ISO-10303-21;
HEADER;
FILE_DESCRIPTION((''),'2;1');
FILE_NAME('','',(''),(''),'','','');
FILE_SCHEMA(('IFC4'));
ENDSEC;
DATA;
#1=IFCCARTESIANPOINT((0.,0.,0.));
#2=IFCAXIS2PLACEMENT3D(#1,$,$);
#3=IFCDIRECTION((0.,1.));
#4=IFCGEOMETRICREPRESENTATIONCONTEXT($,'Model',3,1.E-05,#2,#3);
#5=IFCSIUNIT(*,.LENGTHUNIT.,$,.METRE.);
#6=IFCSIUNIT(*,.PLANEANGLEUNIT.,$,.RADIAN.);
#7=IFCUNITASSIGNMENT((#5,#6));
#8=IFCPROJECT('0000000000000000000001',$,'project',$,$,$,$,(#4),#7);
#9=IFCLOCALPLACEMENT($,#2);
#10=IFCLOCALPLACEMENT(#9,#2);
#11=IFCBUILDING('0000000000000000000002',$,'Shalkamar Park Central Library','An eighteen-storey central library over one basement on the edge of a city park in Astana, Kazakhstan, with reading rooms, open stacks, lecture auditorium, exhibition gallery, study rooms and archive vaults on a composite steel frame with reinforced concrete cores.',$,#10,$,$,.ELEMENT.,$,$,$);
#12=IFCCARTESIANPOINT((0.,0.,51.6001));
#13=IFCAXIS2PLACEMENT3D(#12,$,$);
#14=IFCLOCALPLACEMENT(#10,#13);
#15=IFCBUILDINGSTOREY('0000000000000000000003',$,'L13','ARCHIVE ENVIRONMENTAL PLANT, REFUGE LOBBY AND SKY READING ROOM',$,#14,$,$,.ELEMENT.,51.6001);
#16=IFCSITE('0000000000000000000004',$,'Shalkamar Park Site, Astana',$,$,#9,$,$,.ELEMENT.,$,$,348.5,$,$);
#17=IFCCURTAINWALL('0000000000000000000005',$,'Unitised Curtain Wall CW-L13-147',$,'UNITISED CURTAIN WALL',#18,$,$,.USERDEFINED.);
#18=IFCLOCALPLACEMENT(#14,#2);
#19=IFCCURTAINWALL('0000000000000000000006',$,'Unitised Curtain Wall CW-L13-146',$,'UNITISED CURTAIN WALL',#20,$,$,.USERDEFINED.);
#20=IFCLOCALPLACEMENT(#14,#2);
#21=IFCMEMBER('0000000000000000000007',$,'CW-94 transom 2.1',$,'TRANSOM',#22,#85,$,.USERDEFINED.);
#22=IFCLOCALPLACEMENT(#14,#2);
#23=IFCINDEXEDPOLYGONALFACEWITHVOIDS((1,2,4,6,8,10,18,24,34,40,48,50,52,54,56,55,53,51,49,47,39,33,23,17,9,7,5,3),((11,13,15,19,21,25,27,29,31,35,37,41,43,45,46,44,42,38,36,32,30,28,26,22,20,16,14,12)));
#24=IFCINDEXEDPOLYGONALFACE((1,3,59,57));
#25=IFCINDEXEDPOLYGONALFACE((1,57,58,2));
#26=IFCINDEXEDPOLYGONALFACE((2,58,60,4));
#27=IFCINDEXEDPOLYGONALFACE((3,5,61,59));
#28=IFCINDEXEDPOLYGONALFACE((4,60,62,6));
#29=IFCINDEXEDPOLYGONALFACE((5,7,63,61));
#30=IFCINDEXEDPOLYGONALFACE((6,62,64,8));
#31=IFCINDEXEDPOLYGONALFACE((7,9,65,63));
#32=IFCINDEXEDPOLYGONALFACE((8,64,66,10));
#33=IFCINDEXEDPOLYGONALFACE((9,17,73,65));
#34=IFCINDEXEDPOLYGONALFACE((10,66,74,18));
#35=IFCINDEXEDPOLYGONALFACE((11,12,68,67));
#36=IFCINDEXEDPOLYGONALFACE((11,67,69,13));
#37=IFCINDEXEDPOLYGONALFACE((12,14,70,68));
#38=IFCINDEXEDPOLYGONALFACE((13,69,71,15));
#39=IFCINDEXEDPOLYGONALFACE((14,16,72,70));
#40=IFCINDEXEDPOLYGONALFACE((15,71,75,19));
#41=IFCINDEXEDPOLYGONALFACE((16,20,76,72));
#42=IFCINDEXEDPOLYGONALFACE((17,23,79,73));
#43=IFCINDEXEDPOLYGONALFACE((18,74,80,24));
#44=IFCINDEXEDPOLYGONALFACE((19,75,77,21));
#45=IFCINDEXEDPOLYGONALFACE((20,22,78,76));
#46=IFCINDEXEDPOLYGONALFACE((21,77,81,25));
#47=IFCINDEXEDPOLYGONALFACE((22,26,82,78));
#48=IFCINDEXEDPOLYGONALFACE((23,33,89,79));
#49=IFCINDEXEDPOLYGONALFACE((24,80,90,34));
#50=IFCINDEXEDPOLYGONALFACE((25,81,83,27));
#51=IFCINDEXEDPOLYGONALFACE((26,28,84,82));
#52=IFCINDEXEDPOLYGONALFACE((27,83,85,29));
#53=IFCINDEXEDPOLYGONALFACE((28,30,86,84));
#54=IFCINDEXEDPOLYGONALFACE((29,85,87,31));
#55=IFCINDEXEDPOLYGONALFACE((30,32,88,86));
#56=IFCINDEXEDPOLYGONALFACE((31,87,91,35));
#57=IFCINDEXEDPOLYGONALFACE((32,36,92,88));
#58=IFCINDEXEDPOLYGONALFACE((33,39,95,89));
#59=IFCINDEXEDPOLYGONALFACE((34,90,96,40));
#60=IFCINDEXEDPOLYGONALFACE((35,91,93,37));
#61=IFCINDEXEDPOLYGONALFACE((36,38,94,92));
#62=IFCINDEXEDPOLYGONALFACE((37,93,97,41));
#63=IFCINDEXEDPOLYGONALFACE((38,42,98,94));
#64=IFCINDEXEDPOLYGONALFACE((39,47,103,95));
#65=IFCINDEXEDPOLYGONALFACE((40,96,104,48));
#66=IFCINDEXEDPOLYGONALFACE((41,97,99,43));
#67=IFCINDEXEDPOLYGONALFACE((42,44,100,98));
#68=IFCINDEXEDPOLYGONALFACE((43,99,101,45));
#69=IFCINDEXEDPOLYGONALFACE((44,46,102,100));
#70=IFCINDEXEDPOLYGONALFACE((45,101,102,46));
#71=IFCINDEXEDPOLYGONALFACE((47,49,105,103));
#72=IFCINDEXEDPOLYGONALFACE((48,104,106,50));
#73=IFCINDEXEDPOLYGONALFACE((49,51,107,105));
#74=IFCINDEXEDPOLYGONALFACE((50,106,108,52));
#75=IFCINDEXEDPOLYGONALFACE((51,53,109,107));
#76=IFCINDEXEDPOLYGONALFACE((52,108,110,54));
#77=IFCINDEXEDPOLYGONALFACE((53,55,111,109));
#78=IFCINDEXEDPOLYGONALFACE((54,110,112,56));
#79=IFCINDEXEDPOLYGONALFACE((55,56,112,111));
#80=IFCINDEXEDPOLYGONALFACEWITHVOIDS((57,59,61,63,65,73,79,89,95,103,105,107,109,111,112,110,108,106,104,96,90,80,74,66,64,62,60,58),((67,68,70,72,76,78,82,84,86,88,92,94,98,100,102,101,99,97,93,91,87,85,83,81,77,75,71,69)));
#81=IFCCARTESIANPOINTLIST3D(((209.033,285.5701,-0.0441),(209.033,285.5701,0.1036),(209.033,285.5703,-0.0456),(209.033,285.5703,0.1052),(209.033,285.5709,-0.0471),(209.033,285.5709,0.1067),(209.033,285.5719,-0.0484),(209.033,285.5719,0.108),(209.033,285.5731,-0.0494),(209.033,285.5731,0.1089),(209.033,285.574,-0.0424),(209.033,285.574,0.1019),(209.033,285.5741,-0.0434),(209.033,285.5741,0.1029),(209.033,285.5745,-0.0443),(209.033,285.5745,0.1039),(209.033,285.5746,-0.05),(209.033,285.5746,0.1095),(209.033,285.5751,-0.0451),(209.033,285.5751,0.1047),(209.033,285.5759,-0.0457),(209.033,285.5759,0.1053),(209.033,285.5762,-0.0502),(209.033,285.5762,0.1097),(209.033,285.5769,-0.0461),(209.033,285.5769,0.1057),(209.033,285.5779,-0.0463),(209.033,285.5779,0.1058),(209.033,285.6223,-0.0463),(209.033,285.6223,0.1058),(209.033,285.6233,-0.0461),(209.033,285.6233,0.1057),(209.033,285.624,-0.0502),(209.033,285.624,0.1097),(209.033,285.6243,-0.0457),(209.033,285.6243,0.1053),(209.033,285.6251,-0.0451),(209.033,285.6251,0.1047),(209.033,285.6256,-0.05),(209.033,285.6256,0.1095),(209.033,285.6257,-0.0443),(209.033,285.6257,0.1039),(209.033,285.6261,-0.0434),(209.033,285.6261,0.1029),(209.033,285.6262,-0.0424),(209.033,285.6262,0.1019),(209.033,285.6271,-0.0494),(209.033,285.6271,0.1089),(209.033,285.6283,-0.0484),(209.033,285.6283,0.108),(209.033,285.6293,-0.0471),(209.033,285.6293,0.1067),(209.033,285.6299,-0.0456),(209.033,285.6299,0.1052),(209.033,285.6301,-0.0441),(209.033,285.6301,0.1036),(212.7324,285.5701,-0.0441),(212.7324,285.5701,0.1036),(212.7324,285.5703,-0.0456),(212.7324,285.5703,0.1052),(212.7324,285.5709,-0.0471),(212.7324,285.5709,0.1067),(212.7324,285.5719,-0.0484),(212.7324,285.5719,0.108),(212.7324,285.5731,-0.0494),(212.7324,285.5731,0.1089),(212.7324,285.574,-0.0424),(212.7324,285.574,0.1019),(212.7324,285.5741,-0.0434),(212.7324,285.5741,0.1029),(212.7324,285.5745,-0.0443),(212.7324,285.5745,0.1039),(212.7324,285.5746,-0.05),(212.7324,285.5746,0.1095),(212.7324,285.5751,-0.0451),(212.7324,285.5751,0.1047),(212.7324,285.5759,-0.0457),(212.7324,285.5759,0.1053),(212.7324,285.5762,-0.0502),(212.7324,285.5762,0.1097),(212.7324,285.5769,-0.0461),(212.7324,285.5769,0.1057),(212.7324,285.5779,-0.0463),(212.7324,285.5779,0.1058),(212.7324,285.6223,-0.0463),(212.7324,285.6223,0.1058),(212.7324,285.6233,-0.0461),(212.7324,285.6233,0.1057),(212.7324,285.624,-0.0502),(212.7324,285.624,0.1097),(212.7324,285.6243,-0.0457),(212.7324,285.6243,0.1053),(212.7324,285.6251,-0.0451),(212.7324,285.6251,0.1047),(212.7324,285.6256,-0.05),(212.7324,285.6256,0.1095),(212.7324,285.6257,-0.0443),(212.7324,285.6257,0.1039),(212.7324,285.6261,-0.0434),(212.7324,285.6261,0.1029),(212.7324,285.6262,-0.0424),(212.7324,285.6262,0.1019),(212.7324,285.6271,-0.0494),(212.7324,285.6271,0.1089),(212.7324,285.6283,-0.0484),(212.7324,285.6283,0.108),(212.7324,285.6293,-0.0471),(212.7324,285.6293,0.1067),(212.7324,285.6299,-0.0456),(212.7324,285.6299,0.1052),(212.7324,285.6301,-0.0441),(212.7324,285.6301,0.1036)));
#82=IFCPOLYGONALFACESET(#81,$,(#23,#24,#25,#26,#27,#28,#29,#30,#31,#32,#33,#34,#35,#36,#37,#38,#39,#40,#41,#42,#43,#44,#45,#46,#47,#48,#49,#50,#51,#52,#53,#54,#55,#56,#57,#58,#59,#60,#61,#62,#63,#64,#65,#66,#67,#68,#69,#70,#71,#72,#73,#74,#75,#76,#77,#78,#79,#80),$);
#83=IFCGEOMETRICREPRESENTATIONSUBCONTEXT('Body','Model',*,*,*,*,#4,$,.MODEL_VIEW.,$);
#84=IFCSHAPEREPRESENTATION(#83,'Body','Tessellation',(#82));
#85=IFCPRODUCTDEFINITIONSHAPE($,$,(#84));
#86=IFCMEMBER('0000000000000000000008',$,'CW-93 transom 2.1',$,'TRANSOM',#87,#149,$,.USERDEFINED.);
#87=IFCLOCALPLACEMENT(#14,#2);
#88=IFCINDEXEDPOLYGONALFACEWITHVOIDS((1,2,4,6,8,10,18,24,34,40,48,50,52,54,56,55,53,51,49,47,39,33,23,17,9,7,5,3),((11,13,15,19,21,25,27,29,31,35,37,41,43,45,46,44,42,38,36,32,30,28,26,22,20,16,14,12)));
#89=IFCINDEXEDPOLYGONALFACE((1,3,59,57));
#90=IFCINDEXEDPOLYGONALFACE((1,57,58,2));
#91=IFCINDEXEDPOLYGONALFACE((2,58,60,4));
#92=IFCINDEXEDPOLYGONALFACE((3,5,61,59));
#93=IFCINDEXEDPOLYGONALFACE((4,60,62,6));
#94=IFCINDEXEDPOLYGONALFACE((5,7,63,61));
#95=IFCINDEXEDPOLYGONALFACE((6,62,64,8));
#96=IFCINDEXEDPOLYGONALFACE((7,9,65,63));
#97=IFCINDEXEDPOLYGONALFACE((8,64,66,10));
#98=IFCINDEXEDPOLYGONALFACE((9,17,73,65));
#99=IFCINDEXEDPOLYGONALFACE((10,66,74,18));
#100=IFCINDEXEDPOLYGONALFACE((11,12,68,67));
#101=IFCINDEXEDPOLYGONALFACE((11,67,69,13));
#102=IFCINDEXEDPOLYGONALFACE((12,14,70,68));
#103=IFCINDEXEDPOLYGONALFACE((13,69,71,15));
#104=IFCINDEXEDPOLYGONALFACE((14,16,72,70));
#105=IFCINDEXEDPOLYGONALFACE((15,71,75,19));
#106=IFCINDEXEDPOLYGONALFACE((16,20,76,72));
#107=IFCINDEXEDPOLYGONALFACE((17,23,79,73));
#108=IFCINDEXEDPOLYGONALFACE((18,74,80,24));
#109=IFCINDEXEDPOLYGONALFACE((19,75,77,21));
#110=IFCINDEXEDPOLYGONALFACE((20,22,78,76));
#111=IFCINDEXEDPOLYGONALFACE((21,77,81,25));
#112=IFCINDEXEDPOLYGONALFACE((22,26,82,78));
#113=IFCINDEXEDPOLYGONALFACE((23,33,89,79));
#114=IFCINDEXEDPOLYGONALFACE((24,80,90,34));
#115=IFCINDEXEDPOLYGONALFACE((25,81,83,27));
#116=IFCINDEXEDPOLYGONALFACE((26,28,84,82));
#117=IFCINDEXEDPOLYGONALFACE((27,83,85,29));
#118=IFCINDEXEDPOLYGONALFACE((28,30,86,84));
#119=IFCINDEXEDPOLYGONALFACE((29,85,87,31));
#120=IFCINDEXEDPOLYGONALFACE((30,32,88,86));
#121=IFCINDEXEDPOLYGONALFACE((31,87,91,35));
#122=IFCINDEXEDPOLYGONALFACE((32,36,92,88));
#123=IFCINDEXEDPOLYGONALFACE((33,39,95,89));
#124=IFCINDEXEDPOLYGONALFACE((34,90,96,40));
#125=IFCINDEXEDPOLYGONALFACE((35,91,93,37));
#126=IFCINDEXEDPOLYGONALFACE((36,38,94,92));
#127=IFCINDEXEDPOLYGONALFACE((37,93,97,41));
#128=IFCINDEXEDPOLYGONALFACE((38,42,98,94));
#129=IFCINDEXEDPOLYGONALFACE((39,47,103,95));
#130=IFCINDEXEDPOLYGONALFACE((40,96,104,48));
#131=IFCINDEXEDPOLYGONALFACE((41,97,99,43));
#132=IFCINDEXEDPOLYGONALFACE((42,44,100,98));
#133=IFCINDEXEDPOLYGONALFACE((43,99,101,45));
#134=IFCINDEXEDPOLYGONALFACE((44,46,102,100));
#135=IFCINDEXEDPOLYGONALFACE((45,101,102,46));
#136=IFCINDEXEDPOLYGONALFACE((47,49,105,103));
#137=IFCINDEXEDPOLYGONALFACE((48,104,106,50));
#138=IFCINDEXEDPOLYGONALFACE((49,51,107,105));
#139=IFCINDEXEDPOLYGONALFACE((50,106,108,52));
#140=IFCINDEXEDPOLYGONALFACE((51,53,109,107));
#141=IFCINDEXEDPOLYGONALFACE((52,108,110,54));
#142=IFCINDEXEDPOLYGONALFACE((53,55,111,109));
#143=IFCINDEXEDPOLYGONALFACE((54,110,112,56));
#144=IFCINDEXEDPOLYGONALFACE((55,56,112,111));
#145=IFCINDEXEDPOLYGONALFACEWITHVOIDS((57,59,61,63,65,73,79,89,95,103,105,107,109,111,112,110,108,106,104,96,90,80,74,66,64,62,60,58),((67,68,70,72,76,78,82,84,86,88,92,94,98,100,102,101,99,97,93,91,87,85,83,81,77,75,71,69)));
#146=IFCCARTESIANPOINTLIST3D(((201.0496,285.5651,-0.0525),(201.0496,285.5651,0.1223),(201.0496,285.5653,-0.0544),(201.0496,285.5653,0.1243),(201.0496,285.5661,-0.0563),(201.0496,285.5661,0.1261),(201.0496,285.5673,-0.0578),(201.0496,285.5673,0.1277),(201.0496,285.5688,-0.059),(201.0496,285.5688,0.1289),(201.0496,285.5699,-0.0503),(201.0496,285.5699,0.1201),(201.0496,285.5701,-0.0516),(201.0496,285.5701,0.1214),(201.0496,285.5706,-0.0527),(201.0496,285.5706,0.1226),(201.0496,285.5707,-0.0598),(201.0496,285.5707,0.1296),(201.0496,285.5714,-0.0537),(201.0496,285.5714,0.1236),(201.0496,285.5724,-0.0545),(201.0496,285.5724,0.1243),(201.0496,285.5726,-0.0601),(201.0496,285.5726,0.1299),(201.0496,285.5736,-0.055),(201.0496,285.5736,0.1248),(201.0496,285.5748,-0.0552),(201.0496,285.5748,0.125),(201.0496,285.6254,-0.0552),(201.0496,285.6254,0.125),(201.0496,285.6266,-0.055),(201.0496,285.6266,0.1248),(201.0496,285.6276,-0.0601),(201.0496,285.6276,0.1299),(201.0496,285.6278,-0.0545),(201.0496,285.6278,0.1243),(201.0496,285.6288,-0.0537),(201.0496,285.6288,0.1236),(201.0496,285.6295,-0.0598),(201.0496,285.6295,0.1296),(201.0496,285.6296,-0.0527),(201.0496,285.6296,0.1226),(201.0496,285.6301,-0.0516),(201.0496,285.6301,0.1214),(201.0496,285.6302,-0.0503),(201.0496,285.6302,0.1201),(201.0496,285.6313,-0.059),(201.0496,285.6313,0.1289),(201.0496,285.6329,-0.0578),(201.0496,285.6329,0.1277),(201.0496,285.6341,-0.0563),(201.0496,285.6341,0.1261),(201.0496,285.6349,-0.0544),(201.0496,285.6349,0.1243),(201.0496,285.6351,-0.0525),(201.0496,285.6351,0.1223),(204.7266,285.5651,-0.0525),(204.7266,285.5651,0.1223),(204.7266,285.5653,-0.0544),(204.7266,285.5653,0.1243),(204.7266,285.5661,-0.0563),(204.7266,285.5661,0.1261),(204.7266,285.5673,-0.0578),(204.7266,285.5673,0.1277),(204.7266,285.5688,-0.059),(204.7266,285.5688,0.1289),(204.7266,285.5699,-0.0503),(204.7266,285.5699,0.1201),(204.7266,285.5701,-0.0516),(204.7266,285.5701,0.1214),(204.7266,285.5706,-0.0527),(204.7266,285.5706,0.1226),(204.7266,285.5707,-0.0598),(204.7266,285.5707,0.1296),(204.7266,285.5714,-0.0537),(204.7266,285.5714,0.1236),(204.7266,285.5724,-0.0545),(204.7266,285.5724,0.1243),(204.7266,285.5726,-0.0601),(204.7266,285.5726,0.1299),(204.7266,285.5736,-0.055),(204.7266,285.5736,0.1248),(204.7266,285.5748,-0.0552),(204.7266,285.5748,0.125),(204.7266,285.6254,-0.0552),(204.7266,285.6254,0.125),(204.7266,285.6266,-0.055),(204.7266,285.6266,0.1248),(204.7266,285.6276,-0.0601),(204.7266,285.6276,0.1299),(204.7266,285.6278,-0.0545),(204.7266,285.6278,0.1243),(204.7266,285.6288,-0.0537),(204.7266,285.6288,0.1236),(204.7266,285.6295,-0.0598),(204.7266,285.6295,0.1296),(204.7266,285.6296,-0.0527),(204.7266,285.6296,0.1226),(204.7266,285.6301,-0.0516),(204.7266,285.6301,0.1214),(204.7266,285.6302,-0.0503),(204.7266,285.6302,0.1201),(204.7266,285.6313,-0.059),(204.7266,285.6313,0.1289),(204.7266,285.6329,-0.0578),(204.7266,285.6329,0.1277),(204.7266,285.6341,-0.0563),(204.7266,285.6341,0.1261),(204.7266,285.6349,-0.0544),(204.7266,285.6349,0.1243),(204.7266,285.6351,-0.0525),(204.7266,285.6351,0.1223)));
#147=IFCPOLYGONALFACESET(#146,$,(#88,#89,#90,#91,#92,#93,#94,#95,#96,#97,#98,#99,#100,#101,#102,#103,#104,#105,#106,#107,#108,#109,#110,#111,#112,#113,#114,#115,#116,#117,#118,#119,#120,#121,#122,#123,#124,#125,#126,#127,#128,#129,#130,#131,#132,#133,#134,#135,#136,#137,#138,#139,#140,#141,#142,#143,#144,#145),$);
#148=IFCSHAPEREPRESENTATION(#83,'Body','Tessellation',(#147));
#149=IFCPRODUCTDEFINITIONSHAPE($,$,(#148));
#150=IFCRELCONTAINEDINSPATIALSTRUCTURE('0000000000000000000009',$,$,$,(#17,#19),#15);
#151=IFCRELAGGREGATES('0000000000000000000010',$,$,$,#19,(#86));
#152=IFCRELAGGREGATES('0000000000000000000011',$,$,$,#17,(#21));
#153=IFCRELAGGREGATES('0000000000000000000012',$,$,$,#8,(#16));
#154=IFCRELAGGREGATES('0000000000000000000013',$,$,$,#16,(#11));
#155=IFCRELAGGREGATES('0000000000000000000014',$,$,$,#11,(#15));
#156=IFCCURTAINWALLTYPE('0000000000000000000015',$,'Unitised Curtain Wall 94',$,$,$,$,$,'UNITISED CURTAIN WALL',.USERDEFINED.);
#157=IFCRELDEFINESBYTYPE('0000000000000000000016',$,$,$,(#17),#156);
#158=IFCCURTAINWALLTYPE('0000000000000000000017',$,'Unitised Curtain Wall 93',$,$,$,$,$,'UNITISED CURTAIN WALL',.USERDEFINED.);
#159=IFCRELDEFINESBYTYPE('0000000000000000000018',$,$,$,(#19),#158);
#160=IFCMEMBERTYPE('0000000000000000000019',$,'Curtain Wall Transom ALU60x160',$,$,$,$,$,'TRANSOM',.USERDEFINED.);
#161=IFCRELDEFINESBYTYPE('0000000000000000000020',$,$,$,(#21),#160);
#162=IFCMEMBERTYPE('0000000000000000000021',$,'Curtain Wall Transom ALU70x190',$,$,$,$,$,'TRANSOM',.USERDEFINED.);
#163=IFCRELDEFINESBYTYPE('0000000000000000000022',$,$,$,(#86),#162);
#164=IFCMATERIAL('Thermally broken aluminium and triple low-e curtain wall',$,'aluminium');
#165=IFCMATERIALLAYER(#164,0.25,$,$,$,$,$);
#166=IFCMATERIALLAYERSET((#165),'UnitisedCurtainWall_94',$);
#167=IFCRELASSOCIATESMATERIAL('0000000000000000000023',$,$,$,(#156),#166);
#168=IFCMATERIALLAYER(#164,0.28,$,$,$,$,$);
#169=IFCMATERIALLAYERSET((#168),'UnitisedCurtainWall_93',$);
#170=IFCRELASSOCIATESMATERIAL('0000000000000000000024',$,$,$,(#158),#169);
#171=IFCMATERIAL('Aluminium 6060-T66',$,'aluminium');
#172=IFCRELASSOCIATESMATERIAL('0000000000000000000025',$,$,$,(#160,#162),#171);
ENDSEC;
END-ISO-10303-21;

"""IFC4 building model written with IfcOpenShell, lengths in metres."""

from ifc_helpers import new_model, si_unit, direction, frame, origin, origin_2d, place, context, subcontext, project, spatial, hollow_rectangle, extrude, material, layer, layer_set, material_profile, profile_set, type_object, element, aggregate, save


model = new_model("IFC4")

# Units and contexts
model_context = context("Model", 3, precision=1e-05, world=origin(), true_north=direction((0.0, 1.0)))
body_context = subcontext(model_context, "Body", "Model", "MODEL_VIEW")
ifc_project = project(units=[si_unit("LENGTHUNIT", "METRE"), si_unit("PLANEANGLEUNIT", "RADIAN")], contexts=[model_context])

# Site, building, storey
site_placement = place(None, origin())
site = spatial("IfcSite", under=ifc_project, at=site_placement, Name="Shalkamar Park Site, Astana", CompositionType="ELEMENT", RefElevation=348.5)
building_placement = place(site_placement, origin())
building = spatial("IfcBuilding", under=site, at=building_placement, Name="Shalkamar Park Central Library", Description="An eighteen-storey central library over one basement on the edge of a city park in Astana, Kazakhstan, with reading rooms, open stacks, lecture auditorium, exhibition gallery, study rooms and archive vaults on a composite steel frame with reinforced concrete cores.", CompositionType="ELEMENT")
storey_placement = place(building_placement, frame((0.0, 0.0, 51.6001)))
storey = spatial("IfcBuildingStorey", under=building, at=storey_placement, Name="L13", Description="ARCHIVE ENVIRONMENTAL PLANT, REFUGE LOBBY AND SKY READING ROOM", CompositionType="ELEMENT", Elevation=51.6001)

# Curtain walls
ifc_material_1 = material(Name="Thermally broken aluminium and triple low-e curtain wall", Category="aluminium")
ifc_layer_1 = layer(ifc_material_1, 0.25)
ifc_layer_set_1 = layer_set([ifc_layer_1], Name="UnitisedCurtainWall_94")
curtain_wall_type_1 = type_object("IfcCurtainWallType", Name="Unitised Curtain Wall 94", ElementType="UNITISED CURTAIN WALL", PredefinedType="USERDEFINED", material=ifc_layer_set_1)
curtain_wall_1_placement = place(storey_placement, origin())
curtain_wall_1 = element("IfcCurtainWall", 1, at=curtain_wall_1_placement, inside=storey, type_object=curtain_wall_type_1, Name="Unitised Curtain Wall CW-L13-147", ObjectType="UNITISED CURTAIN WALL", PredefinedType="USERDEFINED")
ifc_material_2 = material(Name="Aluminium 6060-T66", Category="aluminium")
ifc_layer_2 = layer(ifc_material_1, 0.28)
ifc_layer_set_2 = layer_set([ifc_layer_2], Name="UnitisedCurtainWall_93")
curtain_wall_type_2 = type_object("IfcCurtainWallType", Name="Unitised Curtain Wall 93", ElementType="UNITISED CURTAIN WALL", PredefinedType="USERDEFINED", material=ifc_layer_set_2)
curtain_wall_2_placement = place(storey_placement, origin())
curtain_wall_2 = element("IfcCurtainWall", 2, at=curtain_wall_2_placement, inside=storey, type_object=curtain_wall_type_2, Name="Unitised Curtain Wall CW-L13-146", ObjectType="UNITISED CURTAIN WALL", PredefinedType="USERDEFINED")

# Members
ifc_material_profile_1 = material_profile(ifc_material_2, hollow_rectangle(XDim=0.0601, YDim=0.1599, WallThickness=0.0039, InnerFilletRadius=0.0039, OuterFilletRadius=0.0061, at=origin_2d()), Name="ALU 60x160x4")
ifc_profile_set_1 = profile_set([ifc_material_profile_1], Name="Aluminium 6060-T66")
member_type_1 = type_object("IfcMemberType", Name="Curtain Wall Transom ALU60x160", ElementType="TRANSOM", PredefinedType="USERDEFINED", material=ifc_profile_set_1)
member_1_placement = place(storey_placement, frame((209.033, 285.6001, 0.0298), z_axis=(1.0, 0.0, 0.0), x_axis=(0.0, 1.0, 0.0)))
member_1 = element("IfcMember", 3, at=member_1_placement, type_object=member_type_1, Name="CW-94 transom 2.1", ObjectType="TRANSOM", PredefinedType="USERDEFINED", context=body_context, shape_type="SweptSolid", body=[
    extrude(hollow_rectangle(XDim=0.0601, YDim=0.1599, WallThickness=0.0039, InnerFilletRadius=0.0039, OuterFilletRadius=0.0061, at=origin_2d()), origin(), (0.0, 0.0, 1.0), 3.6995),
])
ifc_material_profile_2 = material_profile(ifc_material_2, hollow_rectangle(XDim=0.0701, YDim=0.1899, WallThickness=0.0049, InnerFilletRadius=0.0049, OuterFilletRadius=0.0076, at=origin_2d()), Name="ALU 70x190x5")
ifc_profile_set_2 = profile_set([ifc_material_profile_2], Name="Aluminium 6060-T66")
member_type_2 = type_object("IfcMemberType", Name="Curtain Wall Transom ALU70x190", ElementType="TRANSOM", PredefinedType="USERDEFINED", material=ifc_profile_set_2)
member_2_placement = place(storey_placement, frame((201.0496, 285.6001, 0.0349), z_axis=(1.0, 0.0, 0.0), x_axis=(0.0, 1.0, 0.0)))
member_2 = element("IfcMember", 4, at=member_2_placement, type_object=member_type_2, Name="CW-93 transom 2.1", ObjectType="TRANSOM", PredefinedType="USERDEFINED", context=body_context, shape_type="SweptSolid", body=[
    extrude(hollow_rectangle(XDim=0.0701, YDim=0.1899, WallThickness=0.0049, InnerFilletRadius=0.0049, OuterFilletRadius=0.0076, at=origin_2d()), origin(), (0.0, 0.0, 1.0), 3.677),
])

aggregate(curtain_wall_2, [member_2])
aggregate(curtain_wall_1, [member_1])

save(model, "model.ifc")
